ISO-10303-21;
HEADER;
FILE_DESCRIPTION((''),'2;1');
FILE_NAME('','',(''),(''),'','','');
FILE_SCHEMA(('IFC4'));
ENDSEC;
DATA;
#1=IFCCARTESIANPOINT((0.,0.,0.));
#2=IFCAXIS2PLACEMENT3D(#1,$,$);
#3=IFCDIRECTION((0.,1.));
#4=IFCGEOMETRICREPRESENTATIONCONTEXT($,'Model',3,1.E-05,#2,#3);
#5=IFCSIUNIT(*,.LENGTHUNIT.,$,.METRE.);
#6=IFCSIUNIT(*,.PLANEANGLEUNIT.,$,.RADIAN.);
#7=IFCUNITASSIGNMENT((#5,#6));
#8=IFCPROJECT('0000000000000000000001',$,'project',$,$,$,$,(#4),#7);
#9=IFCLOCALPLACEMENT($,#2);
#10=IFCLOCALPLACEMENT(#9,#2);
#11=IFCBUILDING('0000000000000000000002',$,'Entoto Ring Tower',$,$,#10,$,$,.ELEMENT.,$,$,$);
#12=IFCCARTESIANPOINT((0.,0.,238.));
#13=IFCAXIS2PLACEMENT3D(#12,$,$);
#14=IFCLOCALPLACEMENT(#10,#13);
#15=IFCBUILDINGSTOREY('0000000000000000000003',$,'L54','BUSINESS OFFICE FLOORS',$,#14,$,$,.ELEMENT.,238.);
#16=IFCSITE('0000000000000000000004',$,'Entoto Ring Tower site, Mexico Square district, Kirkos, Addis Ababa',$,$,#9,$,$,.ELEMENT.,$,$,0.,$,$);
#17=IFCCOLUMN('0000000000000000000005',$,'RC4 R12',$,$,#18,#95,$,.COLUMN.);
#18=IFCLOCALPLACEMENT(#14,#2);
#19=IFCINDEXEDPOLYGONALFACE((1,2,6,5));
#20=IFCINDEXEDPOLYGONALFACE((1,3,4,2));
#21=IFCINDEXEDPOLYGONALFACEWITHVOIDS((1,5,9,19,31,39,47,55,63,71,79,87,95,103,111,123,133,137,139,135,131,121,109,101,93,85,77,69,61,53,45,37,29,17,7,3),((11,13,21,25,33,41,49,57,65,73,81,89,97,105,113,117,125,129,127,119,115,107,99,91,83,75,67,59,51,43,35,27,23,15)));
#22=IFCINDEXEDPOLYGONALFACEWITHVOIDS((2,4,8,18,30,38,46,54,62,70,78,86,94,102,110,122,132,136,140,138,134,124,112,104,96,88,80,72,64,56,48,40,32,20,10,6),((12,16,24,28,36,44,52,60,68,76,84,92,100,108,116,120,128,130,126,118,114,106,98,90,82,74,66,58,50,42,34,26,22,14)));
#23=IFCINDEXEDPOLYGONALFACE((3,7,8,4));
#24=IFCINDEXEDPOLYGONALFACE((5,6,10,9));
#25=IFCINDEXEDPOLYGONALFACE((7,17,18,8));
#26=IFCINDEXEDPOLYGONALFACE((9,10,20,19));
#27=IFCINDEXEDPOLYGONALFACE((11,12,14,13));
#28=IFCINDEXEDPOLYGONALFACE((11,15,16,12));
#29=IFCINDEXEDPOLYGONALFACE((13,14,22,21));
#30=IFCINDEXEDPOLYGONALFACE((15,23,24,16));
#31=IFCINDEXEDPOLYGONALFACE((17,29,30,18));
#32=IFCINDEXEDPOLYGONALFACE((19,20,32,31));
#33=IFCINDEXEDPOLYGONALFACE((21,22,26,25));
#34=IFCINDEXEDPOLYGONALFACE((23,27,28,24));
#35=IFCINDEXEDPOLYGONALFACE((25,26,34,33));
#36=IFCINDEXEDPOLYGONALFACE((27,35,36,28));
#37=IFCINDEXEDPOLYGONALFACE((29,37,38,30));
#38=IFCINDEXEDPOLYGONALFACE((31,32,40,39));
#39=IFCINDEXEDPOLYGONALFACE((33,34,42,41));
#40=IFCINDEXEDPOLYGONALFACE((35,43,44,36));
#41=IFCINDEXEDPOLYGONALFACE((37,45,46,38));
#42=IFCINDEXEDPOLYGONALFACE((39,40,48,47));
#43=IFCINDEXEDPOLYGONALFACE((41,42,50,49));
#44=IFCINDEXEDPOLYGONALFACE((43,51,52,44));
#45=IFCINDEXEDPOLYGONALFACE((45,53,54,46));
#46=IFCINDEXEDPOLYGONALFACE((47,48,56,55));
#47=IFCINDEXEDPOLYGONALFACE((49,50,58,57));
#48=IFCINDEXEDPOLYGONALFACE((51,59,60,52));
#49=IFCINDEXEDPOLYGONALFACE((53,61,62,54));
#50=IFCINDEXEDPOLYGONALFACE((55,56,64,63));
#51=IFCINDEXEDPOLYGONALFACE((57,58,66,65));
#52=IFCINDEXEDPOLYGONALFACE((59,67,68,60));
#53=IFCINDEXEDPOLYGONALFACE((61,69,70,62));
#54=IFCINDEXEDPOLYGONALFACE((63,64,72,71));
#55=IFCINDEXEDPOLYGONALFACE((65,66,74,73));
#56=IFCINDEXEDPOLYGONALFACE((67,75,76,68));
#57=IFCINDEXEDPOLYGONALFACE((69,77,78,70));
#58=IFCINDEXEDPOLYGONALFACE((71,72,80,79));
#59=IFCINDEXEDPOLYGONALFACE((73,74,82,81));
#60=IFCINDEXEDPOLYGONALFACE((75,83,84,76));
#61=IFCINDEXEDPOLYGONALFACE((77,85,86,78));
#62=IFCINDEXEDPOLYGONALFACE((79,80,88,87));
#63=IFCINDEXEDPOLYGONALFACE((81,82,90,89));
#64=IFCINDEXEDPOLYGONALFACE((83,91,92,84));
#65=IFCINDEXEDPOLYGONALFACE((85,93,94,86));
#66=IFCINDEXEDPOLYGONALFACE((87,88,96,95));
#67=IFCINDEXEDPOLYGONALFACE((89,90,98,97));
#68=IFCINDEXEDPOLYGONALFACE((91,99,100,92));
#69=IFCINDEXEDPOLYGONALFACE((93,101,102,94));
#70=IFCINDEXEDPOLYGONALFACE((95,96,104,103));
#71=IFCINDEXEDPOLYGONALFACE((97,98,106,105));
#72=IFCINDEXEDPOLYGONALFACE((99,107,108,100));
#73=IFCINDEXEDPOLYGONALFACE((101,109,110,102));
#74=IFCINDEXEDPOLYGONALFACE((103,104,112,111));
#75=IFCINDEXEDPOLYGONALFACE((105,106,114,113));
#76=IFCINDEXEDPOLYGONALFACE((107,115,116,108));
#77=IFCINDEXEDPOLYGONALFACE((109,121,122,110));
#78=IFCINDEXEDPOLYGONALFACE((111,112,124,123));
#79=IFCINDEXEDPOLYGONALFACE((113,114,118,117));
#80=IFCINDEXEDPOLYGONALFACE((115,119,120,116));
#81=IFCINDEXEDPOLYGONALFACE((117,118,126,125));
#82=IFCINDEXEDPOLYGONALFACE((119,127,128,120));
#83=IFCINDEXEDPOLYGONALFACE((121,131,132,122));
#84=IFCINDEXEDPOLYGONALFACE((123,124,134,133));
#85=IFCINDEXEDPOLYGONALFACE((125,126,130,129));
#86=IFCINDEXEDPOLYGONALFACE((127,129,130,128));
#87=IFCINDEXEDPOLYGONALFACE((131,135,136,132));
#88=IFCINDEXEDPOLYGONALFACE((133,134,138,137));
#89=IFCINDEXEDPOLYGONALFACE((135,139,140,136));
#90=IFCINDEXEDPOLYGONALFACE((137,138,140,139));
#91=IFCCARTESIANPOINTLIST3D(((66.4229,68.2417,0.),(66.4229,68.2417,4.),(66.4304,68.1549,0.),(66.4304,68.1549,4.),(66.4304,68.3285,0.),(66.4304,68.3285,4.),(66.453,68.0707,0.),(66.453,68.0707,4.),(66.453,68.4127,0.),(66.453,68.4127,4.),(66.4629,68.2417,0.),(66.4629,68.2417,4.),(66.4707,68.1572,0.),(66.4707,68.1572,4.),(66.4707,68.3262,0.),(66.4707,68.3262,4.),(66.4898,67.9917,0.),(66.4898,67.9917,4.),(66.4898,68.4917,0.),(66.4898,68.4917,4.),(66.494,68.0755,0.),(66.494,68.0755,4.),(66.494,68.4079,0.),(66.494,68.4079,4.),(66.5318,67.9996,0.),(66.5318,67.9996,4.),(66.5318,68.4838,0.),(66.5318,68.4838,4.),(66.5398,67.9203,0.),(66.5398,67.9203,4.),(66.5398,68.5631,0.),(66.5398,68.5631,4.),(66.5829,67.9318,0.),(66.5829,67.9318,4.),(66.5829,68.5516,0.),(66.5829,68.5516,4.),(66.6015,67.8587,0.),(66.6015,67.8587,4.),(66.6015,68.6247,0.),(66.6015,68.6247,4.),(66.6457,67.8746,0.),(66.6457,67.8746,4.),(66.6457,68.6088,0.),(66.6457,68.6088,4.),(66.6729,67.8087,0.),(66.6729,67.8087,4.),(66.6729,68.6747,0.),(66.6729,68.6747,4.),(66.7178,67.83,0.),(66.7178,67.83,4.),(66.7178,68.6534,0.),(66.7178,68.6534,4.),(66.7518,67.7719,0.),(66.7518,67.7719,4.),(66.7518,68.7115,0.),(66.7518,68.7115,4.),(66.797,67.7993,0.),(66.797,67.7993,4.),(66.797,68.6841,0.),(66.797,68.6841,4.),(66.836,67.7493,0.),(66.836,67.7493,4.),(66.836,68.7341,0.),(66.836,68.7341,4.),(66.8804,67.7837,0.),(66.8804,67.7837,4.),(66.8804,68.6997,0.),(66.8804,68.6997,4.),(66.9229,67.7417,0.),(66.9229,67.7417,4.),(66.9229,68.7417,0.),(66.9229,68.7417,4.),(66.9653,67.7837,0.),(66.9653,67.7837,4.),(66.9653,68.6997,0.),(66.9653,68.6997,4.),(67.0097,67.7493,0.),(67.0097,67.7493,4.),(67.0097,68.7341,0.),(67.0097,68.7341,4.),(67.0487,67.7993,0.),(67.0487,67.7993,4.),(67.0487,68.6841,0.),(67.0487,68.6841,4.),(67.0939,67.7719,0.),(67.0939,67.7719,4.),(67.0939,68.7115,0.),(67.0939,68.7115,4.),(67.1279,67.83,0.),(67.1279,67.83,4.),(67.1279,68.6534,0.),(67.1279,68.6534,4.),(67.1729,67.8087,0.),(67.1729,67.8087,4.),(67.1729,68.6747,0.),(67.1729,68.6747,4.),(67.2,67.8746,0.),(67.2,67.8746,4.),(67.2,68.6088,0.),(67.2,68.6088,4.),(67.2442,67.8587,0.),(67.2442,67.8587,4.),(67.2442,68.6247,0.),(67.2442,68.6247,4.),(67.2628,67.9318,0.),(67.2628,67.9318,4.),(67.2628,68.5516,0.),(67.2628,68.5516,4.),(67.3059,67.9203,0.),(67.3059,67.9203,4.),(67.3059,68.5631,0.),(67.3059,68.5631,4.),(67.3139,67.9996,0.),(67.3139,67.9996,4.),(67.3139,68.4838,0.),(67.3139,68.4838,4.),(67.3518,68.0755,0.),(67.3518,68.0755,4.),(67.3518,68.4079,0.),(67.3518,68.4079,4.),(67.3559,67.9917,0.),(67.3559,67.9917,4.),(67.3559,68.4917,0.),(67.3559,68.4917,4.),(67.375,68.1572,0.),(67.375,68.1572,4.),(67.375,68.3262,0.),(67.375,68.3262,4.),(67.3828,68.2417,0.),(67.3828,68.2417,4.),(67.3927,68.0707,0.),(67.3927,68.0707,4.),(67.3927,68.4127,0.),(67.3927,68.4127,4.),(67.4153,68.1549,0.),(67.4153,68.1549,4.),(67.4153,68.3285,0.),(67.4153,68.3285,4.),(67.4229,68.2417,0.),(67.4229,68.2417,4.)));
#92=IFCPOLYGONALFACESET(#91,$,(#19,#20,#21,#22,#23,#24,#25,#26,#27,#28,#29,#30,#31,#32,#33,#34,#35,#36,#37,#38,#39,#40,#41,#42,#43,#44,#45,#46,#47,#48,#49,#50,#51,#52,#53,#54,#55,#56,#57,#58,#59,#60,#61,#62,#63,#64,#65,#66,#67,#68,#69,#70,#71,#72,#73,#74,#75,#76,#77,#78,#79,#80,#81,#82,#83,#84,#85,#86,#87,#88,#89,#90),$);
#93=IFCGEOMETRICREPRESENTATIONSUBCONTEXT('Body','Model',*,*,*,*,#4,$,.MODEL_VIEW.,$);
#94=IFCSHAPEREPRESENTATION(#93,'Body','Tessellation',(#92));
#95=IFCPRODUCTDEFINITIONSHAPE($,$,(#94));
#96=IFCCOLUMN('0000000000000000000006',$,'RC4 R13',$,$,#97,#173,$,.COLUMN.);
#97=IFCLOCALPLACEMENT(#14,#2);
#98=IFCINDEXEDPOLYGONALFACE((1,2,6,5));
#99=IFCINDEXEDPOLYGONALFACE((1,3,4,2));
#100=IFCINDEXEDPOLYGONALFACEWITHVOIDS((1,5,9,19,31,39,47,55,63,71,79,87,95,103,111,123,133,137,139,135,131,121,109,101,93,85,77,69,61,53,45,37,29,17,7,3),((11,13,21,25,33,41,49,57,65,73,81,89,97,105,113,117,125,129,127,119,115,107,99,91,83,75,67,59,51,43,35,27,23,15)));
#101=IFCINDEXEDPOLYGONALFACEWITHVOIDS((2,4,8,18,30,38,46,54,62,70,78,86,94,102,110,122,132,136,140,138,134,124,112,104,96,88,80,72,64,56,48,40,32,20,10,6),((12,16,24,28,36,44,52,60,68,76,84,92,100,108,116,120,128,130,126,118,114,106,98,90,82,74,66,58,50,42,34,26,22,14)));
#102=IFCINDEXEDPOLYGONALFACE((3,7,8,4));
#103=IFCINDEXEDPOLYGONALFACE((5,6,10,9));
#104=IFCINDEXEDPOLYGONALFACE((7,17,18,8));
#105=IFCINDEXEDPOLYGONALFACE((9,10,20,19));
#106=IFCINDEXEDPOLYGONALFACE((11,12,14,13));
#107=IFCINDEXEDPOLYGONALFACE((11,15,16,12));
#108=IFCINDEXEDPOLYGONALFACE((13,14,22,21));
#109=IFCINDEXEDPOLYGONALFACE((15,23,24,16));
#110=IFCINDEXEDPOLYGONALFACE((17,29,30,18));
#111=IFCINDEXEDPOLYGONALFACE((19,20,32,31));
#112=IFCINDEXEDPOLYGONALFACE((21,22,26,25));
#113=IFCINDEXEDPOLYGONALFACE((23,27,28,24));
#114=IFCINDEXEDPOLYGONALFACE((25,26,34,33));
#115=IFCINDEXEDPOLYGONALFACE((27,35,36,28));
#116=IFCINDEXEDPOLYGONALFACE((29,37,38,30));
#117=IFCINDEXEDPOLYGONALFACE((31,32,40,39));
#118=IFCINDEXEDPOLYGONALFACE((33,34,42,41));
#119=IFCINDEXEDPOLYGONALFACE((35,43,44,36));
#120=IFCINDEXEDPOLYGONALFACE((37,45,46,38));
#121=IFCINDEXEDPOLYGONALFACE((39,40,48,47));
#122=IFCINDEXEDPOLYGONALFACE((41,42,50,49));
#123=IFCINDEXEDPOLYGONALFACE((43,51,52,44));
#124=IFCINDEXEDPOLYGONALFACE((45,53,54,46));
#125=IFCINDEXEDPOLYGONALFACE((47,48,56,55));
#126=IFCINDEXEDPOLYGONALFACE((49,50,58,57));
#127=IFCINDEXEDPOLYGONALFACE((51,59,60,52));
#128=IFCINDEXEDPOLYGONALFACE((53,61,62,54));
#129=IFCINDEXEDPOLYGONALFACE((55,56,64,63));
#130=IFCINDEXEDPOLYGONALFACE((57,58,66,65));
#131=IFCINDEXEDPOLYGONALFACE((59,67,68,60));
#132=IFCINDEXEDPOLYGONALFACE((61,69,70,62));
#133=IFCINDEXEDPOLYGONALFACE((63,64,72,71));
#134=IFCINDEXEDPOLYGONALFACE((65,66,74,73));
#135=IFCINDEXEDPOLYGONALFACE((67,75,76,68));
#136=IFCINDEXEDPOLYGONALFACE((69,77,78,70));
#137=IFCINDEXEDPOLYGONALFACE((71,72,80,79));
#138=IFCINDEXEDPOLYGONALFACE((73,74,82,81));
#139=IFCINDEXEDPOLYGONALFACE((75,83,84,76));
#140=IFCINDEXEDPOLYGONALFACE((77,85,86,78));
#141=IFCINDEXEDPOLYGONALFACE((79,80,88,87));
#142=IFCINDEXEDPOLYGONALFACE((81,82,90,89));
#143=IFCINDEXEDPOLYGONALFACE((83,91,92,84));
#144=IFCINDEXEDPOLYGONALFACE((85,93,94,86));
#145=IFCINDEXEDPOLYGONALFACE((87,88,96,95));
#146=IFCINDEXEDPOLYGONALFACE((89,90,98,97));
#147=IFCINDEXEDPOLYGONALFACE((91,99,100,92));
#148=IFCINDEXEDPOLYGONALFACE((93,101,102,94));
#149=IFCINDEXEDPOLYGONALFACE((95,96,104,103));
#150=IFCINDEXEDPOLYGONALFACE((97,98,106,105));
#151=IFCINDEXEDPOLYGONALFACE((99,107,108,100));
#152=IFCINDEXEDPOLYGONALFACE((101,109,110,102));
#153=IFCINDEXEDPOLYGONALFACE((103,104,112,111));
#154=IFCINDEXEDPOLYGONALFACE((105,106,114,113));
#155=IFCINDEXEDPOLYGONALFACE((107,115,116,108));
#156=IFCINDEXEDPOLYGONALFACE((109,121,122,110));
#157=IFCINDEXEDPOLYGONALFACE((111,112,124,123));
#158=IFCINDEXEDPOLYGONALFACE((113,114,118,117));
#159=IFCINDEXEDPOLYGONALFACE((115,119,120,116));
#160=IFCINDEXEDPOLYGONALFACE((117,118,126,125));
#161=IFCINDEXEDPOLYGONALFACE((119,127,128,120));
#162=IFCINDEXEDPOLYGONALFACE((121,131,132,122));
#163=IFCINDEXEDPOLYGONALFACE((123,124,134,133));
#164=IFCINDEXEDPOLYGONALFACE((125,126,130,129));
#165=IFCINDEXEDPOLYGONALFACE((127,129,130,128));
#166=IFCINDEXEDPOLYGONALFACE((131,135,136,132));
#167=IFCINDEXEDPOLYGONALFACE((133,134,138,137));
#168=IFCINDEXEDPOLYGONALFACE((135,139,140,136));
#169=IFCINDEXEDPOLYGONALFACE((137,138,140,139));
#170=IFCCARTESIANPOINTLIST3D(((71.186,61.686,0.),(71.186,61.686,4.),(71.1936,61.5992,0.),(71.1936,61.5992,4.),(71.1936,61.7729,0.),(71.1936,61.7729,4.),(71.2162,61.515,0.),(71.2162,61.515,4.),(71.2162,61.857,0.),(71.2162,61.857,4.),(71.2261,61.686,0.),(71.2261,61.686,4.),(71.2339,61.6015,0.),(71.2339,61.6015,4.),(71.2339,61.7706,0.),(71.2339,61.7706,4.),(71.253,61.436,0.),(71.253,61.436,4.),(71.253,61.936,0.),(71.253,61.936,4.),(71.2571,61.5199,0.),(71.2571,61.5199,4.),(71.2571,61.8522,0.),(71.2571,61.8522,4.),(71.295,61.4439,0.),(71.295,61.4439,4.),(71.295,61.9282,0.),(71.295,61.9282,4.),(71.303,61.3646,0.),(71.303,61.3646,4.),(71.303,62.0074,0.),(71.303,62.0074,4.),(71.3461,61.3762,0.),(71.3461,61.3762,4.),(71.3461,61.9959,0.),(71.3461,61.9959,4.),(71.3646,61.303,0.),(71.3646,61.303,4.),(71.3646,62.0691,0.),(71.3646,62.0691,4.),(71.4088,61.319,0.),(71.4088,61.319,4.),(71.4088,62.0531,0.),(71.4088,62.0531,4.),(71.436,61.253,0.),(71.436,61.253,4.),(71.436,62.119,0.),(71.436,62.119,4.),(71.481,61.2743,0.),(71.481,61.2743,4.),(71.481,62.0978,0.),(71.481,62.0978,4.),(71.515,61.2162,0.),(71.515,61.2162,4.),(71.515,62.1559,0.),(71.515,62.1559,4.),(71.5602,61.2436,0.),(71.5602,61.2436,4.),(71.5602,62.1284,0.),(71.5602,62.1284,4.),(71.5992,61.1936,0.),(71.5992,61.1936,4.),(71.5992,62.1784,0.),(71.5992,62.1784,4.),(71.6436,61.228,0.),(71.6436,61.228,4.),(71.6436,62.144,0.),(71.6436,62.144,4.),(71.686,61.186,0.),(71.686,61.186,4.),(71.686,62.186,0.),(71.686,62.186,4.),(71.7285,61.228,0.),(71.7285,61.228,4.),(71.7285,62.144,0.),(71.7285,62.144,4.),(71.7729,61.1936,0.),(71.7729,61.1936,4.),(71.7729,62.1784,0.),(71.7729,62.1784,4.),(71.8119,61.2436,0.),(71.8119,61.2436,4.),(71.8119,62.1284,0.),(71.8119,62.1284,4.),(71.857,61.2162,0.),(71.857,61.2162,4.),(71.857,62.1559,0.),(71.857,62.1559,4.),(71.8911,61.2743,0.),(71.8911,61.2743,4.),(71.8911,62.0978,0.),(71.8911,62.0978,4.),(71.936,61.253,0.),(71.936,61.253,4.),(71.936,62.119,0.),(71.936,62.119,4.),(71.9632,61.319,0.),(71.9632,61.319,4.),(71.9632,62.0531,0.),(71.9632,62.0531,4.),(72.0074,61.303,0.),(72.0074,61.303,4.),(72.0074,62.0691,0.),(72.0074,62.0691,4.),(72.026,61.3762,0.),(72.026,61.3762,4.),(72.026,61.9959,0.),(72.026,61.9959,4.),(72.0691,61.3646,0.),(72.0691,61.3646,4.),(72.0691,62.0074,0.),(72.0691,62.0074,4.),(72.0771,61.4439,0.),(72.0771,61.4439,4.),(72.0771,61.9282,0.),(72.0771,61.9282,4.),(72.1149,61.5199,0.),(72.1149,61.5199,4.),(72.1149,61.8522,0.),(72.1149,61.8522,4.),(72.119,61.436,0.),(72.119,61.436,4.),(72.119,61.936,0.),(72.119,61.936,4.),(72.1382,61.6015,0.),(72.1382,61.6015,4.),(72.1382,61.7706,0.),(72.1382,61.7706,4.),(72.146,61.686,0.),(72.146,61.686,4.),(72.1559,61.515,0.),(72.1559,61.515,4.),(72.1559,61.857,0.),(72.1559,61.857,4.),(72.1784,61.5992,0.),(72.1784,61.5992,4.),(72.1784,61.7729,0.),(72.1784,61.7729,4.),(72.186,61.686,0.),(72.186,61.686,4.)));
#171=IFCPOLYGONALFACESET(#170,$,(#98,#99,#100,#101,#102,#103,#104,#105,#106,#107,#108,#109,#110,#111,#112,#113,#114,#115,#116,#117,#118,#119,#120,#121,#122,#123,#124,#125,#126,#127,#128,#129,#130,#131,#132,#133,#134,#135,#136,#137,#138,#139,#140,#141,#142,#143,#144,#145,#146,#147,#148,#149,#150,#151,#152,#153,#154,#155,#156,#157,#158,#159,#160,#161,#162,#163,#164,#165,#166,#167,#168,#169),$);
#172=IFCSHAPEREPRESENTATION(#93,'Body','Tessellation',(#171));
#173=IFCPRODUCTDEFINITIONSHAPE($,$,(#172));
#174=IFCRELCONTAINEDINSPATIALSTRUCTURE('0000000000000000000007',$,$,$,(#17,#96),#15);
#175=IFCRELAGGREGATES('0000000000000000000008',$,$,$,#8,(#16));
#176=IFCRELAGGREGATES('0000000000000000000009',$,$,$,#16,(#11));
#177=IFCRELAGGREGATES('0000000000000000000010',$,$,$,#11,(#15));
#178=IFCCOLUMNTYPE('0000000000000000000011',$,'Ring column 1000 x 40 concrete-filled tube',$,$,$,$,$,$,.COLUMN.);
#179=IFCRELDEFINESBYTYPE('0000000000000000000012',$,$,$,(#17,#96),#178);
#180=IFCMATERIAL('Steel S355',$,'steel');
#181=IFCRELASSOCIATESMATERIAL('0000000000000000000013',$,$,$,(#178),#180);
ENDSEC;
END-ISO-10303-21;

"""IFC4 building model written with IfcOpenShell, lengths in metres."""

from ifc_helpers import new_model, si_unit, direction, frame, origin, origin_2d, place, context, subcontext, project, spatial, circle, hollow_circle, extrude, material, material_profile, profile_set, type_object, element, save


model = new_model("IFC4")

# Units and contexts
model_context = context("Model", 3, precision=1e-05, world=origin(), true_north=direction((0.0, 1.0)))
body_context = subcontext(model_context, "Body", "Model", "MODEL_VIEW")
ifc_project = project(units=[si_unit("LENGTHUNIT", "METRE"), si_unit("PLANEANGLEUNIT", "RADIAN")], contexts=[model_context])

# Site, building, storey
site_placement = place(None, origin())
site = spatial("IfcSite", under=ifc_project, at=site_placement, Name="Entoto Ring Tower site, Mexico Square district, Kirkos, Addis Ababa", CompositionType="ELEMENT", RefElevation=0.0)
building_placement = place(site_placement, origin())
building = spatial("IfcBuilding", under=site, at=building_placement, Name="Entoto Ring Tower", CompositionType="ELEMENT")
storey_placement = place(building_placement, frame((0.0, 0.0, 238.0)))
storey = spatial("IfcBuildingStorey", under=building, at=storey_placement, Name="L54", Description="BUSINESS OFFICE FLOORS", CompositionType="ELEMENT", Elevation=238.0)

# Columns
ifc_material_1 = material(Name="Steel S355", Category="steel")
ifc_material_profile_1 = material_profile(ifc_material_1, hollow_circle(Radius=0.5, WallThickness=0.04, at=origin_2d()), Name="CHS 1000 x 40")
ifc_material_2 = material(Name="Concrete C60/75", Category="concrete")
ifc_material_profile_2 = material_profile(ifc_material_2, circle(Radius=0.46, at=origin_2d()), Name="Concrete C60/75 infill")
ifc_profile_set_1 = profile_set([ifc_material_profile_1, ifc_material_profile_2], Name="Steel S355")
column_type = type_object("IfcColumnType", Name="Ring column 1000 x 40 concrete-filled tube", PredefinedType="COLUMN", material=ifc_profile_set_1)
for number, where, z_axis, x_axis, name in (
    (1, (66.9229, 68.2417, 0.0), (0.0, 0.0, 1.0), (1.0, 0.0, 0.0), "RC4 R12"),
    (2, (71.686, 61.686, 0.0), (0.0, 0.0, 1.0), (1.0, 0.0, 0.0), "RC4 R13"),
):
    element("IfcColumn", number, at=place(storey_placement, frame(where, z_axis=z_axis, x_axis=x_axis)), inside=storey, type_object=column_type, Name=name, PredefinedType="COLUMN", context=body_context, shape_type="SweptSolid", body=[
        extrude(hollow_circle(Radius=0.5, WallThickness=0.04, at=origin_2d()), origin(), (0.0, 0.0, 1.0), 4.0),
    ])

save(model, "model.ifc")
